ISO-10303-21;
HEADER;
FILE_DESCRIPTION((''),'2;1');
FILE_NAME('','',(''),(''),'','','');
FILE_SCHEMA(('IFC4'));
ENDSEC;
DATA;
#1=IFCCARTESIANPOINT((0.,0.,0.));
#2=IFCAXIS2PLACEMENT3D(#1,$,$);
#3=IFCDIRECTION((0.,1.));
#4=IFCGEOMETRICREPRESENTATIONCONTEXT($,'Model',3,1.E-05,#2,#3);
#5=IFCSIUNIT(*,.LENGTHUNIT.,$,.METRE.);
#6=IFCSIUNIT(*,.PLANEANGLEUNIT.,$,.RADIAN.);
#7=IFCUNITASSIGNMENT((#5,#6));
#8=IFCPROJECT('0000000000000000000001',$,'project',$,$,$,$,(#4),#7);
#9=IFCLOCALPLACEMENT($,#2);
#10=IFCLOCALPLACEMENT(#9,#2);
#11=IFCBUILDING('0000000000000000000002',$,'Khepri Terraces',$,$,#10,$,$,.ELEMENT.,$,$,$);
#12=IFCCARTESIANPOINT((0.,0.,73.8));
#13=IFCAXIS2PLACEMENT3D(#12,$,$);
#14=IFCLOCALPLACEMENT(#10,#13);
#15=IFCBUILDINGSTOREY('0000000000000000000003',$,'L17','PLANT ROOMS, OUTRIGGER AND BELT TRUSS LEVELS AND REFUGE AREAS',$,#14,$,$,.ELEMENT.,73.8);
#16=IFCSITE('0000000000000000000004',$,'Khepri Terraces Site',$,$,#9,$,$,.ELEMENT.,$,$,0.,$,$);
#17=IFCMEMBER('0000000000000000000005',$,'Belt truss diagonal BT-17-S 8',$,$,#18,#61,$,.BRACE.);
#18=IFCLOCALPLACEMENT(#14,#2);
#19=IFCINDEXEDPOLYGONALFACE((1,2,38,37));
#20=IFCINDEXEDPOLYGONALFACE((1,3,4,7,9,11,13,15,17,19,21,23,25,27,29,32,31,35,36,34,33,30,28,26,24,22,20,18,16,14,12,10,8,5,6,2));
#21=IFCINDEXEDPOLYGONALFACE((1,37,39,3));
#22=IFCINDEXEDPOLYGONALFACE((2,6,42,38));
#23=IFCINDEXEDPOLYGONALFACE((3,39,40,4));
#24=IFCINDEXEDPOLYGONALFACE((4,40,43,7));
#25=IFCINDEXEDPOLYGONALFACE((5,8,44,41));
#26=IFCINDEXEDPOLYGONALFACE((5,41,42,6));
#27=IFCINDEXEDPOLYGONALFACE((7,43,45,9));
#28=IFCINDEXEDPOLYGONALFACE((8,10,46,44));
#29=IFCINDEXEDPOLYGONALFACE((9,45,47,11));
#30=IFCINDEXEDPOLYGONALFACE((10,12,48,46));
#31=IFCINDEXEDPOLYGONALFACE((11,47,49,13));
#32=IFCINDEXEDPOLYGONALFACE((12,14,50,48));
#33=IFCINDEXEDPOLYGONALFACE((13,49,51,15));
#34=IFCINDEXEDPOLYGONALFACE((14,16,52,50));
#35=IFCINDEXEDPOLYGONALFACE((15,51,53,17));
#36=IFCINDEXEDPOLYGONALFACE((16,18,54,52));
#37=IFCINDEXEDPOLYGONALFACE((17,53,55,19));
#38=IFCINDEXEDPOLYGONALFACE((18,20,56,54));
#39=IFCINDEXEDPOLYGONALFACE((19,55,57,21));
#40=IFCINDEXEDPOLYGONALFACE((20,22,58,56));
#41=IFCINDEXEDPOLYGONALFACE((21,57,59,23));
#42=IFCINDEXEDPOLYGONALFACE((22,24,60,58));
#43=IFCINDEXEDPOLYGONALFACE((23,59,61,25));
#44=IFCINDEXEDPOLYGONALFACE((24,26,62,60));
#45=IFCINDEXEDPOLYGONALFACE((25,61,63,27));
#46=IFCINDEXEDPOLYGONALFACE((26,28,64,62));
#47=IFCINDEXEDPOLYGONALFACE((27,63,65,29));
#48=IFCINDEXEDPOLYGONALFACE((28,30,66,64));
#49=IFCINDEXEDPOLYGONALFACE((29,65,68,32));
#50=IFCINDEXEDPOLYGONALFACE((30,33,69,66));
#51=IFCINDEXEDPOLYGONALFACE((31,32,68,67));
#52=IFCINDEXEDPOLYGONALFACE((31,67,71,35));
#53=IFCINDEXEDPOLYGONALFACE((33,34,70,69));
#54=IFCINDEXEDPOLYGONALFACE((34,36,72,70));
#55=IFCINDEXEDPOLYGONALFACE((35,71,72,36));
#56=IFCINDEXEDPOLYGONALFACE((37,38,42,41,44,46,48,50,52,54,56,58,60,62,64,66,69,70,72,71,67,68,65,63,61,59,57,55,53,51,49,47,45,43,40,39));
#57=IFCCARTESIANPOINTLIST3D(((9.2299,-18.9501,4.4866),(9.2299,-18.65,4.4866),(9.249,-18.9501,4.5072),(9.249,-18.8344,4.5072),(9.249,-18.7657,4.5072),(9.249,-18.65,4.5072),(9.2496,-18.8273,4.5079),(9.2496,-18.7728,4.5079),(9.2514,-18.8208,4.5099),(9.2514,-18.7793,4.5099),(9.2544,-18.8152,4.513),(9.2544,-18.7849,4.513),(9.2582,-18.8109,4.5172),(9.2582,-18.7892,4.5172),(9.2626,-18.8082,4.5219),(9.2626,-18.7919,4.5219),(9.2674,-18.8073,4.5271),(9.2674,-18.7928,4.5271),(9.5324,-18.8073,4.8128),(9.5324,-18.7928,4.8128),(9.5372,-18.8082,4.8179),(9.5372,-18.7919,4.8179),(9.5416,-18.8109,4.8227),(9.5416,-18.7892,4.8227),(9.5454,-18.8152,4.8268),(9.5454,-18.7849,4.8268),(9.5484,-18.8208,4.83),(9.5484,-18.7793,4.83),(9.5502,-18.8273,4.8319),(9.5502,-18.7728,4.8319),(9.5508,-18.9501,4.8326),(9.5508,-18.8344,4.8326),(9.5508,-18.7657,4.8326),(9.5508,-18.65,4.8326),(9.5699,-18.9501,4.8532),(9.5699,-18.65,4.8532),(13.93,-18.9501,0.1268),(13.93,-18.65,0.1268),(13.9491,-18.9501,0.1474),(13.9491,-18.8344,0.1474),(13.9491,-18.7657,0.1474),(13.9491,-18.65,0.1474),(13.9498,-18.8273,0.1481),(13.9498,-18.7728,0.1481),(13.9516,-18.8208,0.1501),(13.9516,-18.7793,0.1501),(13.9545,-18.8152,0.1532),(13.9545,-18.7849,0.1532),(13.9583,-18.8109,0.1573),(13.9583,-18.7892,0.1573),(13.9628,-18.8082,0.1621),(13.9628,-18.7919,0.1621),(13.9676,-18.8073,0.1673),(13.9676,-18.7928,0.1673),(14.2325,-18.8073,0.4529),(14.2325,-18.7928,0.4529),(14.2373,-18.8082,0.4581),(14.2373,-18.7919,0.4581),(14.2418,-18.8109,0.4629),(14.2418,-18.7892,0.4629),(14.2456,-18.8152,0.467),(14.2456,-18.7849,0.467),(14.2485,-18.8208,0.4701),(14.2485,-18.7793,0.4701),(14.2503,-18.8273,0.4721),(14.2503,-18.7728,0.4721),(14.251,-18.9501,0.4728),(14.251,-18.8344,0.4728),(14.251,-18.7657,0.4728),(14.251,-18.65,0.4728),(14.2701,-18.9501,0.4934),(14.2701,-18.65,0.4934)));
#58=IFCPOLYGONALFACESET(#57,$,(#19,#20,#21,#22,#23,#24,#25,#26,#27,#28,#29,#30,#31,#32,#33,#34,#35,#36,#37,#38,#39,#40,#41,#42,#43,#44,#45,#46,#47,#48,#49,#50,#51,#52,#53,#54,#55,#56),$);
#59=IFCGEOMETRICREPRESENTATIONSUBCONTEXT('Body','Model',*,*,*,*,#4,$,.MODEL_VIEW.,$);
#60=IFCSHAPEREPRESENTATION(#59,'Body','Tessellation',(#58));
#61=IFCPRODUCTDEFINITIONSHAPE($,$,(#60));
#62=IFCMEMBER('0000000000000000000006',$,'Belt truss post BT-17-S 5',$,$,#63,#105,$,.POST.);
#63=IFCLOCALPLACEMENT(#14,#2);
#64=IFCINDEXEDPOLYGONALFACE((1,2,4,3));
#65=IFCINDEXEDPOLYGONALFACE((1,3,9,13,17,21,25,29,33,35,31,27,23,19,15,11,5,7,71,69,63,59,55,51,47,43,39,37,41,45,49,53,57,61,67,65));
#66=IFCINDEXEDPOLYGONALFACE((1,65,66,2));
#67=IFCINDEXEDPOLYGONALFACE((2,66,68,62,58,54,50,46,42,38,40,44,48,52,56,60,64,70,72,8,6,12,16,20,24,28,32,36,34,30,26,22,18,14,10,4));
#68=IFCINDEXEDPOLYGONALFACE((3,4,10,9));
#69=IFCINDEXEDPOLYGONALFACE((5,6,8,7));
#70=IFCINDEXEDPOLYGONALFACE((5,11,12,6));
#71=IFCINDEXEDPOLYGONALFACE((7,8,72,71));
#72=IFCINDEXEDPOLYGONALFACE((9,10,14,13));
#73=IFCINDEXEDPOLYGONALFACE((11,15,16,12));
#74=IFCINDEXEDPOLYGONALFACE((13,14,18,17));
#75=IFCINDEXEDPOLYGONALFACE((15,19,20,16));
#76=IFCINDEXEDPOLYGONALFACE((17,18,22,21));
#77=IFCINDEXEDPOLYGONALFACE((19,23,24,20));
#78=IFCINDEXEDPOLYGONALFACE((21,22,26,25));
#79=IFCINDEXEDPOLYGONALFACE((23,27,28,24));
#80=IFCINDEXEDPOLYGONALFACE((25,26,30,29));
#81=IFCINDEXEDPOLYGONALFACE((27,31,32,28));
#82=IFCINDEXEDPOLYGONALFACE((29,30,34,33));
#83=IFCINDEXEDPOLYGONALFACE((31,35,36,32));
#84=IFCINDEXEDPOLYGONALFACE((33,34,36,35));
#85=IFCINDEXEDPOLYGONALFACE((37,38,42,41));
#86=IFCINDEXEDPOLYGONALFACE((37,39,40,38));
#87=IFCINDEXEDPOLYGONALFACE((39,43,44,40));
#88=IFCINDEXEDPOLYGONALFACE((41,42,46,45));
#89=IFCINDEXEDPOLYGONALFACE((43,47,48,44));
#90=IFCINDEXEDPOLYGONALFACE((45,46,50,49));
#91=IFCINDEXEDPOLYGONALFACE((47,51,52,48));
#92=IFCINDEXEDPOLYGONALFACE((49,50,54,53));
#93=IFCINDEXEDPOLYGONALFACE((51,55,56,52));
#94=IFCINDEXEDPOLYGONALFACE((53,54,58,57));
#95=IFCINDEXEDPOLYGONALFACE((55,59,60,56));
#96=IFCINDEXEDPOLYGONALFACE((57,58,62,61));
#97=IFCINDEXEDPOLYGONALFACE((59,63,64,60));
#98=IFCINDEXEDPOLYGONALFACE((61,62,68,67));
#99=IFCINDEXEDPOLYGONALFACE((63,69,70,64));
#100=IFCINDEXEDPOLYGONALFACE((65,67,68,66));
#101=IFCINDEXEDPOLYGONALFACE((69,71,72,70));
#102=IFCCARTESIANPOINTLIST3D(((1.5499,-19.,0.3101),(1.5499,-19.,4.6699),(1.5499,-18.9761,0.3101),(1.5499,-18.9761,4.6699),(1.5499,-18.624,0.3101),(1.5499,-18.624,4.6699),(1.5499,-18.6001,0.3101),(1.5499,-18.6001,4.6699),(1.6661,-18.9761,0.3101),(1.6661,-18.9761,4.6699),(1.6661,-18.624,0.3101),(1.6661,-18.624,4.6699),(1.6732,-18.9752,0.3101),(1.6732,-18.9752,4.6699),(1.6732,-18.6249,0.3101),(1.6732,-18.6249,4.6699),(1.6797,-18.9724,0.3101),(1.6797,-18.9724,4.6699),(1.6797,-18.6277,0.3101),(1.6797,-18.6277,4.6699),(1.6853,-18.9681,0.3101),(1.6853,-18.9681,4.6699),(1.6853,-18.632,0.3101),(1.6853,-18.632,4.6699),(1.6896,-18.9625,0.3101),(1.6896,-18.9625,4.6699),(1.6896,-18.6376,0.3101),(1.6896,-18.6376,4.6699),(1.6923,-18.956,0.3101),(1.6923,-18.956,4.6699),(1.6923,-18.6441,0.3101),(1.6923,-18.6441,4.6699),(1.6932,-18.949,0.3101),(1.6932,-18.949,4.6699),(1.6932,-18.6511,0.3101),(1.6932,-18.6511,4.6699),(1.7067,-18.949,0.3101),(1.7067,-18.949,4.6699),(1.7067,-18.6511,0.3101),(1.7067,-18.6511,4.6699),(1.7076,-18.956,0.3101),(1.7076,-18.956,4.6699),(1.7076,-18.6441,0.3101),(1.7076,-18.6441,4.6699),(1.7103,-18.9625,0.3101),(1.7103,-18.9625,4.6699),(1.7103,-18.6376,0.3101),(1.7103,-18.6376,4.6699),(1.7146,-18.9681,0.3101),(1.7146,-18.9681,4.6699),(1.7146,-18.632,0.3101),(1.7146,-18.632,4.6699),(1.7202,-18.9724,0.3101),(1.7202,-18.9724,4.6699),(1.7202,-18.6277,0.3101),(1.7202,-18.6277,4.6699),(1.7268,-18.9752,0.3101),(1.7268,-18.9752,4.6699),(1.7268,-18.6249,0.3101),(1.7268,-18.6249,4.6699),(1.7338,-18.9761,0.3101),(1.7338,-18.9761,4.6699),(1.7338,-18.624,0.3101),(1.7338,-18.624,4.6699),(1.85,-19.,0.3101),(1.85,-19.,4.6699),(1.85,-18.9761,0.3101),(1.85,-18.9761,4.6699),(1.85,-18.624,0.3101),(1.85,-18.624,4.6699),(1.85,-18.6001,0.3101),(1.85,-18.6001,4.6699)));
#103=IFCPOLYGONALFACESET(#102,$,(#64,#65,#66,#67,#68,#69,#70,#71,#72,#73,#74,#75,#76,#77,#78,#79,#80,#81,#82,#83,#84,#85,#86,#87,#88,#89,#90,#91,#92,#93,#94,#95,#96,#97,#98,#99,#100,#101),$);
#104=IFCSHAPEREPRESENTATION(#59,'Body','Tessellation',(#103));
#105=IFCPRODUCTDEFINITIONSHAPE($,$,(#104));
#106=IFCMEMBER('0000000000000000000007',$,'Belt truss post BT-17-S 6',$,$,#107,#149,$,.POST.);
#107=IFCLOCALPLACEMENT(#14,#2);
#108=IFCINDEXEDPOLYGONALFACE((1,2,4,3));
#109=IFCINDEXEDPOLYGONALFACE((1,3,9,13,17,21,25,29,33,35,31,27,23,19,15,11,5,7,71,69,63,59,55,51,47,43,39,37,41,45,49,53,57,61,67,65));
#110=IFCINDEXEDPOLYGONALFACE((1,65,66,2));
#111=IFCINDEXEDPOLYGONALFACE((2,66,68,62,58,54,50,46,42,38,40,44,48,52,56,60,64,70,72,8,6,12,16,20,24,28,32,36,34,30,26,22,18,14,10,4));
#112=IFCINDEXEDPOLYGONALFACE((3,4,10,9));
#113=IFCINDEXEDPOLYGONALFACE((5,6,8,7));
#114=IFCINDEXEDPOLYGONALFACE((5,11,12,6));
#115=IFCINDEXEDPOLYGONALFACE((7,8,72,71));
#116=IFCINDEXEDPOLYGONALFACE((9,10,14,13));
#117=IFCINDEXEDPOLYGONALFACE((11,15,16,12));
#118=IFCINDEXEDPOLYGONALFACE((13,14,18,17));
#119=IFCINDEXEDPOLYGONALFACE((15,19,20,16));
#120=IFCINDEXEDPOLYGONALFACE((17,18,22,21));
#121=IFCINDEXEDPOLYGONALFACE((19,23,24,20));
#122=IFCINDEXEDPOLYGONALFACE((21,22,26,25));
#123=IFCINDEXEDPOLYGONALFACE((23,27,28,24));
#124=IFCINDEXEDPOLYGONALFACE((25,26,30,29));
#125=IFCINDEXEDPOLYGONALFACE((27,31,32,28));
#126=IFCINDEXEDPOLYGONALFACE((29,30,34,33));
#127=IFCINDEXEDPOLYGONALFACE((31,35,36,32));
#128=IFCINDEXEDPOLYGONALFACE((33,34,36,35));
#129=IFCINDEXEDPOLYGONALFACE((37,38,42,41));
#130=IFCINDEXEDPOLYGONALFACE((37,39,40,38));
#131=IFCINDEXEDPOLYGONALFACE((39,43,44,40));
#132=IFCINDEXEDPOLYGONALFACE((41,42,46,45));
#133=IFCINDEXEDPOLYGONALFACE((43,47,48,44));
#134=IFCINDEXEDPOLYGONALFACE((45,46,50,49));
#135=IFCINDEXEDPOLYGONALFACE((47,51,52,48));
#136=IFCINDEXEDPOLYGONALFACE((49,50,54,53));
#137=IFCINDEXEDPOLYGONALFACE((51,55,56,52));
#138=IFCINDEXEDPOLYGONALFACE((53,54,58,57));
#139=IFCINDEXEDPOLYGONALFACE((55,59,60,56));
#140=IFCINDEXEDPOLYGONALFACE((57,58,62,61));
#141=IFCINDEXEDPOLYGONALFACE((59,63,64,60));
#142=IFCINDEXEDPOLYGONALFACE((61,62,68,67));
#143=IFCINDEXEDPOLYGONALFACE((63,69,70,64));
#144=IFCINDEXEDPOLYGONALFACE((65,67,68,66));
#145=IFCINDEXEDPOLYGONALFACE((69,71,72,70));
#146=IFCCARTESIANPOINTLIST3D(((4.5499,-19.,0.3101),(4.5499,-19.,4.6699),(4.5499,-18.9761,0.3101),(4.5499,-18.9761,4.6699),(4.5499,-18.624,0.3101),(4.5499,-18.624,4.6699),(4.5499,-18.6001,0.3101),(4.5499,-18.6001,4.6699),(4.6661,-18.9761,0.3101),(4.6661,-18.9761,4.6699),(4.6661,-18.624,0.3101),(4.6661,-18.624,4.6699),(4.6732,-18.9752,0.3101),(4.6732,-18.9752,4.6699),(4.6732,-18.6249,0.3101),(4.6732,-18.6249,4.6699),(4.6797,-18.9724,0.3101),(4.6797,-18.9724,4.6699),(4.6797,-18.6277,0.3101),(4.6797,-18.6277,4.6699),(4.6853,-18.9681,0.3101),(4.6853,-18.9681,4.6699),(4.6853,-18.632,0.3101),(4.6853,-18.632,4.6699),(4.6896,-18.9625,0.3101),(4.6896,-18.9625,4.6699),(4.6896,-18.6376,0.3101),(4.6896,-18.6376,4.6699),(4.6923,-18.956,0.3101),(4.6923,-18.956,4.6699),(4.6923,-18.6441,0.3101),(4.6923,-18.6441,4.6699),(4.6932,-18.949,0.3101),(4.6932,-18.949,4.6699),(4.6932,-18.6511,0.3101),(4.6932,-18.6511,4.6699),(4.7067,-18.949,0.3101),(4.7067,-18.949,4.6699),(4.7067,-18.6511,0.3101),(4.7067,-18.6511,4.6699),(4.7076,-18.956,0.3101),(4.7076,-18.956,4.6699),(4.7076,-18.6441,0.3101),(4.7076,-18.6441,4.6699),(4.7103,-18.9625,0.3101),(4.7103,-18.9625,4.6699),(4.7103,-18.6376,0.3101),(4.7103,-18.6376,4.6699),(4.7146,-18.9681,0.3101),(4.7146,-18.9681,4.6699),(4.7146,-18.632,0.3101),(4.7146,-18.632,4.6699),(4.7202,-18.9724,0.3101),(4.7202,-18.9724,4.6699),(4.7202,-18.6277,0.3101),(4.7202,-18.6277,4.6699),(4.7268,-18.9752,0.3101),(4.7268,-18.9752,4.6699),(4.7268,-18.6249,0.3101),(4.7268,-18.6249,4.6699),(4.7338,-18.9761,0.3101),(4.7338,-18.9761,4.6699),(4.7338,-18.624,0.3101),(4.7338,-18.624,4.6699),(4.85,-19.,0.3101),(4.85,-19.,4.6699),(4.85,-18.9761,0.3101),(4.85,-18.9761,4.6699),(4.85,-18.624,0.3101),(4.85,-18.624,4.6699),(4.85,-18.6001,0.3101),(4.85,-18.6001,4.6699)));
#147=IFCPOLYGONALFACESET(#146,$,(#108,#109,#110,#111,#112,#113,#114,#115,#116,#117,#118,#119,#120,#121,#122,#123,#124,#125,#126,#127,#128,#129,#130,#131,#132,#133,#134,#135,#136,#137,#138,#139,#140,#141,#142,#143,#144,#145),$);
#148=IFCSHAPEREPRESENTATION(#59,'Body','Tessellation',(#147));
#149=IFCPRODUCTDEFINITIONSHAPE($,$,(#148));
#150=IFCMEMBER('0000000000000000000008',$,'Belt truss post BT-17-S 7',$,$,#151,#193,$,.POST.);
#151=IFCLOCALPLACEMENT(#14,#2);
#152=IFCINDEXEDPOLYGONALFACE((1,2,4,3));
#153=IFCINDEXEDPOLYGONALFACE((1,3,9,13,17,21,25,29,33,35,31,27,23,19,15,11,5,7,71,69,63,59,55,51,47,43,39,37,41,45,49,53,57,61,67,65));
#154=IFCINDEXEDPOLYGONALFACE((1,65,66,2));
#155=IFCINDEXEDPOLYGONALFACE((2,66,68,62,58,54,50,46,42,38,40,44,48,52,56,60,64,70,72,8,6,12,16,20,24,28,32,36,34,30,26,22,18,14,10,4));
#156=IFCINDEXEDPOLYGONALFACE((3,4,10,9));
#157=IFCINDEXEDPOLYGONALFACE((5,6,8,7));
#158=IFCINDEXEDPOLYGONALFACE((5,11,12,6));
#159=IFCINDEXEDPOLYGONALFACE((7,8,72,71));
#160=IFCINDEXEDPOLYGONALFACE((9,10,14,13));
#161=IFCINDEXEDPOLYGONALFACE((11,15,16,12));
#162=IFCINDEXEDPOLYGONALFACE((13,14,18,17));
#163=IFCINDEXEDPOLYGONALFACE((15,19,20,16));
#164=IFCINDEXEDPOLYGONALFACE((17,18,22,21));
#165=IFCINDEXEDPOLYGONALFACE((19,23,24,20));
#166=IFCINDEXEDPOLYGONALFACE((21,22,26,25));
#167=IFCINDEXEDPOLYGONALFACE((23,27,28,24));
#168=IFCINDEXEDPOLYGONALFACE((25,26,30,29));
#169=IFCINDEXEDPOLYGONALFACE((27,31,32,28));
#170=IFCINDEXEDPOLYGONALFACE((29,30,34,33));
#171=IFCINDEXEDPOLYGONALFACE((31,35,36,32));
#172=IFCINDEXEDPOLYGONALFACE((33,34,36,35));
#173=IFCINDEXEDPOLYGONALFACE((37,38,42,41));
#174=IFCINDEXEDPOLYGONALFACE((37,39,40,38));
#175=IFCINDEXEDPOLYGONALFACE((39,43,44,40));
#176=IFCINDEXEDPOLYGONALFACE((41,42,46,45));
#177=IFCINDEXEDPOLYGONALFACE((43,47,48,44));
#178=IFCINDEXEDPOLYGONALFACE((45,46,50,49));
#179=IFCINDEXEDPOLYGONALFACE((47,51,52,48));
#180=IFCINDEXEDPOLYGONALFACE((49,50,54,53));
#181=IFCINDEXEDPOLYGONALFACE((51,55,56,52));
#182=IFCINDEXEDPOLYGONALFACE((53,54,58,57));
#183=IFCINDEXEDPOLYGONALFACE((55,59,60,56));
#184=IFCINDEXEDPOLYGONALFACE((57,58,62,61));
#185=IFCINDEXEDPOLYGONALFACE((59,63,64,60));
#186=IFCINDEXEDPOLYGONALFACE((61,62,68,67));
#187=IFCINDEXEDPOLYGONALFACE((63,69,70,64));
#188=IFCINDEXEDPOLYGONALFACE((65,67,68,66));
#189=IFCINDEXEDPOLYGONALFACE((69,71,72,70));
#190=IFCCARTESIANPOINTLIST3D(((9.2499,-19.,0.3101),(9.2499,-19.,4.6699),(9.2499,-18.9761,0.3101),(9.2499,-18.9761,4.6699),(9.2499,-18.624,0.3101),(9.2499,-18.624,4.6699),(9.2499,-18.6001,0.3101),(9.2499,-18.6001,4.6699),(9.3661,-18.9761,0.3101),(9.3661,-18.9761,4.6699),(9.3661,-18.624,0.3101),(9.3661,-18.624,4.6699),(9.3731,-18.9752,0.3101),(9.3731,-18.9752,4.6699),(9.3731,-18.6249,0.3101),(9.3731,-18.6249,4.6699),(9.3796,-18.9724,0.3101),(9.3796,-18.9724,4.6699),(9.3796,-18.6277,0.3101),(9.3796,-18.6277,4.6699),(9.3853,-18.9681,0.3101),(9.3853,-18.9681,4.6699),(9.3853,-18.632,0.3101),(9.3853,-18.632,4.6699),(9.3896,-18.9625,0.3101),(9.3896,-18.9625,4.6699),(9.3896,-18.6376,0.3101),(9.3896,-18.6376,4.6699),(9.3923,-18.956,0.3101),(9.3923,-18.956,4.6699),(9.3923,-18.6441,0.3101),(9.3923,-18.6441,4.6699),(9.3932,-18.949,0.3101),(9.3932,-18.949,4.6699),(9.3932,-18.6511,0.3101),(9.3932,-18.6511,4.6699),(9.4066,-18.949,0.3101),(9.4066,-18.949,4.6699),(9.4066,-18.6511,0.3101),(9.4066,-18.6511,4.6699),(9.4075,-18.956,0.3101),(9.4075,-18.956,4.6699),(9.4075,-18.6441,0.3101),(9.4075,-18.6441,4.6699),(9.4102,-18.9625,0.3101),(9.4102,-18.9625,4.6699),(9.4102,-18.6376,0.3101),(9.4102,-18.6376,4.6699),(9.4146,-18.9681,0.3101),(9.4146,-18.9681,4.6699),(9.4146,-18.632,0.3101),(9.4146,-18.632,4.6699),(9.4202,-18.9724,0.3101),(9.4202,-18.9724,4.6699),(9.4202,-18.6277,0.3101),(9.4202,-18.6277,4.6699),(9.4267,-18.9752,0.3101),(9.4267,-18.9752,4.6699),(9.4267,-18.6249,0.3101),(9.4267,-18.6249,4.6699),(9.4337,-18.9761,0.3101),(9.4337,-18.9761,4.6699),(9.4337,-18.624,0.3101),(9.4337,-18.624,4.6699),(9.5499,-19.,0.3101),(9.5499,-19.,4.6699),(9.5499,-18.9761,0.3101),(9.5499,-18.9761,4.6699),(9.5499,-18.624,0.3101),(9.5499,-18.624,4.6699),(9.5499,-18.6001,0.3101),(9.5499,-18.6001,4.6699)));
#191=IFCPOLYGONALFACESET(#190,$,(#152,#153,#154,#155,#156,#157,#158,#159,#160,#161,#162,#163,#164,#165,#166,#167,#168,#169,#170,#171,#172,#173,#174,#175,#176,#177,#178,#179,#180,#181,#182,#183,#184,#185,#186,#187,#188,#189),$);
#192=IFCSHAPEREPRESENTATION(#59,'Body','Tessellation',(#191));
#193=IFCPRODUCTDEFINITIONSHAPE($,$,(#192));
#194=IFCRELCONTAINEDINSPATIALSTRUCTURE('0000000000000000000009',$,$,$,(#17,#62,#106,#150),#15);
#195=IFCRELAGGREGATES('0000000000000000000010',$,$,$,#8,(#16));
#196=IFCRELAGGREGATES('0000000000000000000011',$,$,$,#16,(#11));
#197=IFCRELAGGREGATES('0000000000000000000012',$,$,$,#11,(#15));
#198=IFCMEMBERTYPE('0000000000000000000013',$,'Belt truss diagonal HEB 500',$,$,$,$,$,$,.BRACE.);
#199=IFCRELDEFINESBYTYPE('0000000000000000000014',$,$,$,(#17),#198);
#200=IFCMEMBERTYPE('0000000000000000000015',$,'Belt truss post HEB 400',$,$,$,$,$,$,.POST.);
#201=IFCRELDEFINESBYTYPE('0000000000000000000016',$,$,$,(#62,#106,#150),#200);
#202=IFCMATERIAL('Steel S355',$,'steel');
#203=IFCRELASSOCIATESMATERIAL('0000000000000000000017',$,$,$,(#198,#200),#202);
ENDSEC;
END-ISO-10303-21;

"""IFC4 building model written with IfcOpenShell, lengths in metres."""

from ifc_helpers import new_model, si_unit, direction, frame, origin, origin_2d, place, context, subcontext, project, spatial, i_section, extrude, material, material_profile, profile_set, type_object, element, save


model = new_model("IFC4")

# Units and contexts
model_context = context("Model", 3, precision=1e-05, world=origin(), true_north=direction((0.0, 1.0)))
body_context = subcontext(model_context, "Body", "Model", "MODEL_VIEW")
ifc_project = project(units=[si_unit("LENGTHUNIT", "METRE"), si_unit("PLANEANGLEUNIT", "RADIAN")], contexts=[model_context])

# Site, building, storey
site_placement = place(None, origin())
site = spatial("IfcSite", under=ifc_project, at=site_placement, Name="Khepri Terraces Site", CompositionType="ELEMENT", RefElevation=0.0)
building_placement = place(site_placement, origin())
building = spatial("IfcBuilding", under=site, at=building_placement, Name="Khepri Terraces", CompositionType="ELEMENT")
storey_placement = place(building_placement, frame((0.0, 0.0, 73.8)))
storey = spatial("IfcBuildingStorey", under=building, at=storey_placement, Name="L17", Description="PLANT ROOMS, OUTRIGGER AND BELT TRUSS LEVELS AND REFUGE AREAS", CompositionType="ELEMENT", Elevation=73.8)

# Members
ifc_material_1 = material(Name="Steel S355", Category="steel")
ifc_material_profile_1 = material_profile(ifc_material_1, i_section(OverallWidth=0.3, OverallDepth=0.5, WebThickness=0.0144, FlangeThickness=0.0281, FilletRadius=0.0271, at=origin_2d()), Name="Steel S355", Category="steel")
ifc_profile_set_1 = profile_set([ifc_material_profile_1], Name="Steel S355")
member_type_1 = type_object("IfcMemberType", Name="Belt truss diagonal HEB 500", PredefinedType="BRACE", material=ifc_profile_set_1)
for number, where, z_axis, x_axis, name in (
    (1, (9.3999, -18.8, 4.6699), (0.733151, 0.0, -0.680065), (0.0, 1.0, 0.0), "Belt truss diagonal BT-17-S 8"),
):
    element("IfcMember", number, at=place(storey_placement, frame(where, z_axis=z_axis, x_axis=x_axis)), inside=storey, type_object=member_type_1, Name=name, PredefinedType="BRACE", context=body_context, shape_type="SweptSolid", body=[
        extrude(i_section(OverallWidth=0.3, OverallDepth=0.5, WebThickness=0.0144, FlangeThickness=0.0281, FilletRadius=0.0271, at=origin_2d()), origin(), (0.0, 0.0, 1.0), 6.4109),
    ])
ifc_material_profile_2 = material_profile(ifc_material_1, i_section(OverallWidth=0.3, OverallDepth=0.3999, WebThickness=0.0134, FlangeThickness=0.0239, FilletRadius=0.0271, at=origin_2d()), Name="Steel S355", Category="steel")
ifc_profile_set_2 = profile_set([ifc_material_profile_2], Name="Steel S355")
member_type_2 = type_object("IfcMemberType", Name="Belt truss post HEB 400", PredefinedType="POST", material=ifc_profile_set_2)
for number, where, z_axis, x_axis, name in (
    (2, (1.7, -18.8, 0.3101), (0.0, 0.0, 1.0), (1.0, 0.0, 0.0), "Belt truss post BT-17-S 5"),
    (3, (4.7, -18.8, 0.3101), (0.0, 0.0, 1.0), (1.0, 0.0, 0.0), "Belt truss post BT-17-S 6"),
    (4, (9.3999, -18.8, 0.3101), (0.0, 0.0, 1.0), (1.0, 0.0, 0.0), "Belt truss post BT-17-S 7"),
):
    element("IfcMember", number, at=place(storey_placement, frame(where, z_axis=z_axis, x_axis=x_axis)), inside=storey, type_object=member_type_2, Name=name, PredefinedType="POST", context=body_context, shape_type="SweptSolid", body=[
        extrude(i_section(OverallWidth=0.3, OverallDepth=0.3999, WebThickness=0.0134, FlangeThickness=0.0239, FilletRadius=0.0271, at=origin_2d()), origin(), (0.0, 0.0, 1.0), 4.3599),
    ])

save(model, "model.ifc")
